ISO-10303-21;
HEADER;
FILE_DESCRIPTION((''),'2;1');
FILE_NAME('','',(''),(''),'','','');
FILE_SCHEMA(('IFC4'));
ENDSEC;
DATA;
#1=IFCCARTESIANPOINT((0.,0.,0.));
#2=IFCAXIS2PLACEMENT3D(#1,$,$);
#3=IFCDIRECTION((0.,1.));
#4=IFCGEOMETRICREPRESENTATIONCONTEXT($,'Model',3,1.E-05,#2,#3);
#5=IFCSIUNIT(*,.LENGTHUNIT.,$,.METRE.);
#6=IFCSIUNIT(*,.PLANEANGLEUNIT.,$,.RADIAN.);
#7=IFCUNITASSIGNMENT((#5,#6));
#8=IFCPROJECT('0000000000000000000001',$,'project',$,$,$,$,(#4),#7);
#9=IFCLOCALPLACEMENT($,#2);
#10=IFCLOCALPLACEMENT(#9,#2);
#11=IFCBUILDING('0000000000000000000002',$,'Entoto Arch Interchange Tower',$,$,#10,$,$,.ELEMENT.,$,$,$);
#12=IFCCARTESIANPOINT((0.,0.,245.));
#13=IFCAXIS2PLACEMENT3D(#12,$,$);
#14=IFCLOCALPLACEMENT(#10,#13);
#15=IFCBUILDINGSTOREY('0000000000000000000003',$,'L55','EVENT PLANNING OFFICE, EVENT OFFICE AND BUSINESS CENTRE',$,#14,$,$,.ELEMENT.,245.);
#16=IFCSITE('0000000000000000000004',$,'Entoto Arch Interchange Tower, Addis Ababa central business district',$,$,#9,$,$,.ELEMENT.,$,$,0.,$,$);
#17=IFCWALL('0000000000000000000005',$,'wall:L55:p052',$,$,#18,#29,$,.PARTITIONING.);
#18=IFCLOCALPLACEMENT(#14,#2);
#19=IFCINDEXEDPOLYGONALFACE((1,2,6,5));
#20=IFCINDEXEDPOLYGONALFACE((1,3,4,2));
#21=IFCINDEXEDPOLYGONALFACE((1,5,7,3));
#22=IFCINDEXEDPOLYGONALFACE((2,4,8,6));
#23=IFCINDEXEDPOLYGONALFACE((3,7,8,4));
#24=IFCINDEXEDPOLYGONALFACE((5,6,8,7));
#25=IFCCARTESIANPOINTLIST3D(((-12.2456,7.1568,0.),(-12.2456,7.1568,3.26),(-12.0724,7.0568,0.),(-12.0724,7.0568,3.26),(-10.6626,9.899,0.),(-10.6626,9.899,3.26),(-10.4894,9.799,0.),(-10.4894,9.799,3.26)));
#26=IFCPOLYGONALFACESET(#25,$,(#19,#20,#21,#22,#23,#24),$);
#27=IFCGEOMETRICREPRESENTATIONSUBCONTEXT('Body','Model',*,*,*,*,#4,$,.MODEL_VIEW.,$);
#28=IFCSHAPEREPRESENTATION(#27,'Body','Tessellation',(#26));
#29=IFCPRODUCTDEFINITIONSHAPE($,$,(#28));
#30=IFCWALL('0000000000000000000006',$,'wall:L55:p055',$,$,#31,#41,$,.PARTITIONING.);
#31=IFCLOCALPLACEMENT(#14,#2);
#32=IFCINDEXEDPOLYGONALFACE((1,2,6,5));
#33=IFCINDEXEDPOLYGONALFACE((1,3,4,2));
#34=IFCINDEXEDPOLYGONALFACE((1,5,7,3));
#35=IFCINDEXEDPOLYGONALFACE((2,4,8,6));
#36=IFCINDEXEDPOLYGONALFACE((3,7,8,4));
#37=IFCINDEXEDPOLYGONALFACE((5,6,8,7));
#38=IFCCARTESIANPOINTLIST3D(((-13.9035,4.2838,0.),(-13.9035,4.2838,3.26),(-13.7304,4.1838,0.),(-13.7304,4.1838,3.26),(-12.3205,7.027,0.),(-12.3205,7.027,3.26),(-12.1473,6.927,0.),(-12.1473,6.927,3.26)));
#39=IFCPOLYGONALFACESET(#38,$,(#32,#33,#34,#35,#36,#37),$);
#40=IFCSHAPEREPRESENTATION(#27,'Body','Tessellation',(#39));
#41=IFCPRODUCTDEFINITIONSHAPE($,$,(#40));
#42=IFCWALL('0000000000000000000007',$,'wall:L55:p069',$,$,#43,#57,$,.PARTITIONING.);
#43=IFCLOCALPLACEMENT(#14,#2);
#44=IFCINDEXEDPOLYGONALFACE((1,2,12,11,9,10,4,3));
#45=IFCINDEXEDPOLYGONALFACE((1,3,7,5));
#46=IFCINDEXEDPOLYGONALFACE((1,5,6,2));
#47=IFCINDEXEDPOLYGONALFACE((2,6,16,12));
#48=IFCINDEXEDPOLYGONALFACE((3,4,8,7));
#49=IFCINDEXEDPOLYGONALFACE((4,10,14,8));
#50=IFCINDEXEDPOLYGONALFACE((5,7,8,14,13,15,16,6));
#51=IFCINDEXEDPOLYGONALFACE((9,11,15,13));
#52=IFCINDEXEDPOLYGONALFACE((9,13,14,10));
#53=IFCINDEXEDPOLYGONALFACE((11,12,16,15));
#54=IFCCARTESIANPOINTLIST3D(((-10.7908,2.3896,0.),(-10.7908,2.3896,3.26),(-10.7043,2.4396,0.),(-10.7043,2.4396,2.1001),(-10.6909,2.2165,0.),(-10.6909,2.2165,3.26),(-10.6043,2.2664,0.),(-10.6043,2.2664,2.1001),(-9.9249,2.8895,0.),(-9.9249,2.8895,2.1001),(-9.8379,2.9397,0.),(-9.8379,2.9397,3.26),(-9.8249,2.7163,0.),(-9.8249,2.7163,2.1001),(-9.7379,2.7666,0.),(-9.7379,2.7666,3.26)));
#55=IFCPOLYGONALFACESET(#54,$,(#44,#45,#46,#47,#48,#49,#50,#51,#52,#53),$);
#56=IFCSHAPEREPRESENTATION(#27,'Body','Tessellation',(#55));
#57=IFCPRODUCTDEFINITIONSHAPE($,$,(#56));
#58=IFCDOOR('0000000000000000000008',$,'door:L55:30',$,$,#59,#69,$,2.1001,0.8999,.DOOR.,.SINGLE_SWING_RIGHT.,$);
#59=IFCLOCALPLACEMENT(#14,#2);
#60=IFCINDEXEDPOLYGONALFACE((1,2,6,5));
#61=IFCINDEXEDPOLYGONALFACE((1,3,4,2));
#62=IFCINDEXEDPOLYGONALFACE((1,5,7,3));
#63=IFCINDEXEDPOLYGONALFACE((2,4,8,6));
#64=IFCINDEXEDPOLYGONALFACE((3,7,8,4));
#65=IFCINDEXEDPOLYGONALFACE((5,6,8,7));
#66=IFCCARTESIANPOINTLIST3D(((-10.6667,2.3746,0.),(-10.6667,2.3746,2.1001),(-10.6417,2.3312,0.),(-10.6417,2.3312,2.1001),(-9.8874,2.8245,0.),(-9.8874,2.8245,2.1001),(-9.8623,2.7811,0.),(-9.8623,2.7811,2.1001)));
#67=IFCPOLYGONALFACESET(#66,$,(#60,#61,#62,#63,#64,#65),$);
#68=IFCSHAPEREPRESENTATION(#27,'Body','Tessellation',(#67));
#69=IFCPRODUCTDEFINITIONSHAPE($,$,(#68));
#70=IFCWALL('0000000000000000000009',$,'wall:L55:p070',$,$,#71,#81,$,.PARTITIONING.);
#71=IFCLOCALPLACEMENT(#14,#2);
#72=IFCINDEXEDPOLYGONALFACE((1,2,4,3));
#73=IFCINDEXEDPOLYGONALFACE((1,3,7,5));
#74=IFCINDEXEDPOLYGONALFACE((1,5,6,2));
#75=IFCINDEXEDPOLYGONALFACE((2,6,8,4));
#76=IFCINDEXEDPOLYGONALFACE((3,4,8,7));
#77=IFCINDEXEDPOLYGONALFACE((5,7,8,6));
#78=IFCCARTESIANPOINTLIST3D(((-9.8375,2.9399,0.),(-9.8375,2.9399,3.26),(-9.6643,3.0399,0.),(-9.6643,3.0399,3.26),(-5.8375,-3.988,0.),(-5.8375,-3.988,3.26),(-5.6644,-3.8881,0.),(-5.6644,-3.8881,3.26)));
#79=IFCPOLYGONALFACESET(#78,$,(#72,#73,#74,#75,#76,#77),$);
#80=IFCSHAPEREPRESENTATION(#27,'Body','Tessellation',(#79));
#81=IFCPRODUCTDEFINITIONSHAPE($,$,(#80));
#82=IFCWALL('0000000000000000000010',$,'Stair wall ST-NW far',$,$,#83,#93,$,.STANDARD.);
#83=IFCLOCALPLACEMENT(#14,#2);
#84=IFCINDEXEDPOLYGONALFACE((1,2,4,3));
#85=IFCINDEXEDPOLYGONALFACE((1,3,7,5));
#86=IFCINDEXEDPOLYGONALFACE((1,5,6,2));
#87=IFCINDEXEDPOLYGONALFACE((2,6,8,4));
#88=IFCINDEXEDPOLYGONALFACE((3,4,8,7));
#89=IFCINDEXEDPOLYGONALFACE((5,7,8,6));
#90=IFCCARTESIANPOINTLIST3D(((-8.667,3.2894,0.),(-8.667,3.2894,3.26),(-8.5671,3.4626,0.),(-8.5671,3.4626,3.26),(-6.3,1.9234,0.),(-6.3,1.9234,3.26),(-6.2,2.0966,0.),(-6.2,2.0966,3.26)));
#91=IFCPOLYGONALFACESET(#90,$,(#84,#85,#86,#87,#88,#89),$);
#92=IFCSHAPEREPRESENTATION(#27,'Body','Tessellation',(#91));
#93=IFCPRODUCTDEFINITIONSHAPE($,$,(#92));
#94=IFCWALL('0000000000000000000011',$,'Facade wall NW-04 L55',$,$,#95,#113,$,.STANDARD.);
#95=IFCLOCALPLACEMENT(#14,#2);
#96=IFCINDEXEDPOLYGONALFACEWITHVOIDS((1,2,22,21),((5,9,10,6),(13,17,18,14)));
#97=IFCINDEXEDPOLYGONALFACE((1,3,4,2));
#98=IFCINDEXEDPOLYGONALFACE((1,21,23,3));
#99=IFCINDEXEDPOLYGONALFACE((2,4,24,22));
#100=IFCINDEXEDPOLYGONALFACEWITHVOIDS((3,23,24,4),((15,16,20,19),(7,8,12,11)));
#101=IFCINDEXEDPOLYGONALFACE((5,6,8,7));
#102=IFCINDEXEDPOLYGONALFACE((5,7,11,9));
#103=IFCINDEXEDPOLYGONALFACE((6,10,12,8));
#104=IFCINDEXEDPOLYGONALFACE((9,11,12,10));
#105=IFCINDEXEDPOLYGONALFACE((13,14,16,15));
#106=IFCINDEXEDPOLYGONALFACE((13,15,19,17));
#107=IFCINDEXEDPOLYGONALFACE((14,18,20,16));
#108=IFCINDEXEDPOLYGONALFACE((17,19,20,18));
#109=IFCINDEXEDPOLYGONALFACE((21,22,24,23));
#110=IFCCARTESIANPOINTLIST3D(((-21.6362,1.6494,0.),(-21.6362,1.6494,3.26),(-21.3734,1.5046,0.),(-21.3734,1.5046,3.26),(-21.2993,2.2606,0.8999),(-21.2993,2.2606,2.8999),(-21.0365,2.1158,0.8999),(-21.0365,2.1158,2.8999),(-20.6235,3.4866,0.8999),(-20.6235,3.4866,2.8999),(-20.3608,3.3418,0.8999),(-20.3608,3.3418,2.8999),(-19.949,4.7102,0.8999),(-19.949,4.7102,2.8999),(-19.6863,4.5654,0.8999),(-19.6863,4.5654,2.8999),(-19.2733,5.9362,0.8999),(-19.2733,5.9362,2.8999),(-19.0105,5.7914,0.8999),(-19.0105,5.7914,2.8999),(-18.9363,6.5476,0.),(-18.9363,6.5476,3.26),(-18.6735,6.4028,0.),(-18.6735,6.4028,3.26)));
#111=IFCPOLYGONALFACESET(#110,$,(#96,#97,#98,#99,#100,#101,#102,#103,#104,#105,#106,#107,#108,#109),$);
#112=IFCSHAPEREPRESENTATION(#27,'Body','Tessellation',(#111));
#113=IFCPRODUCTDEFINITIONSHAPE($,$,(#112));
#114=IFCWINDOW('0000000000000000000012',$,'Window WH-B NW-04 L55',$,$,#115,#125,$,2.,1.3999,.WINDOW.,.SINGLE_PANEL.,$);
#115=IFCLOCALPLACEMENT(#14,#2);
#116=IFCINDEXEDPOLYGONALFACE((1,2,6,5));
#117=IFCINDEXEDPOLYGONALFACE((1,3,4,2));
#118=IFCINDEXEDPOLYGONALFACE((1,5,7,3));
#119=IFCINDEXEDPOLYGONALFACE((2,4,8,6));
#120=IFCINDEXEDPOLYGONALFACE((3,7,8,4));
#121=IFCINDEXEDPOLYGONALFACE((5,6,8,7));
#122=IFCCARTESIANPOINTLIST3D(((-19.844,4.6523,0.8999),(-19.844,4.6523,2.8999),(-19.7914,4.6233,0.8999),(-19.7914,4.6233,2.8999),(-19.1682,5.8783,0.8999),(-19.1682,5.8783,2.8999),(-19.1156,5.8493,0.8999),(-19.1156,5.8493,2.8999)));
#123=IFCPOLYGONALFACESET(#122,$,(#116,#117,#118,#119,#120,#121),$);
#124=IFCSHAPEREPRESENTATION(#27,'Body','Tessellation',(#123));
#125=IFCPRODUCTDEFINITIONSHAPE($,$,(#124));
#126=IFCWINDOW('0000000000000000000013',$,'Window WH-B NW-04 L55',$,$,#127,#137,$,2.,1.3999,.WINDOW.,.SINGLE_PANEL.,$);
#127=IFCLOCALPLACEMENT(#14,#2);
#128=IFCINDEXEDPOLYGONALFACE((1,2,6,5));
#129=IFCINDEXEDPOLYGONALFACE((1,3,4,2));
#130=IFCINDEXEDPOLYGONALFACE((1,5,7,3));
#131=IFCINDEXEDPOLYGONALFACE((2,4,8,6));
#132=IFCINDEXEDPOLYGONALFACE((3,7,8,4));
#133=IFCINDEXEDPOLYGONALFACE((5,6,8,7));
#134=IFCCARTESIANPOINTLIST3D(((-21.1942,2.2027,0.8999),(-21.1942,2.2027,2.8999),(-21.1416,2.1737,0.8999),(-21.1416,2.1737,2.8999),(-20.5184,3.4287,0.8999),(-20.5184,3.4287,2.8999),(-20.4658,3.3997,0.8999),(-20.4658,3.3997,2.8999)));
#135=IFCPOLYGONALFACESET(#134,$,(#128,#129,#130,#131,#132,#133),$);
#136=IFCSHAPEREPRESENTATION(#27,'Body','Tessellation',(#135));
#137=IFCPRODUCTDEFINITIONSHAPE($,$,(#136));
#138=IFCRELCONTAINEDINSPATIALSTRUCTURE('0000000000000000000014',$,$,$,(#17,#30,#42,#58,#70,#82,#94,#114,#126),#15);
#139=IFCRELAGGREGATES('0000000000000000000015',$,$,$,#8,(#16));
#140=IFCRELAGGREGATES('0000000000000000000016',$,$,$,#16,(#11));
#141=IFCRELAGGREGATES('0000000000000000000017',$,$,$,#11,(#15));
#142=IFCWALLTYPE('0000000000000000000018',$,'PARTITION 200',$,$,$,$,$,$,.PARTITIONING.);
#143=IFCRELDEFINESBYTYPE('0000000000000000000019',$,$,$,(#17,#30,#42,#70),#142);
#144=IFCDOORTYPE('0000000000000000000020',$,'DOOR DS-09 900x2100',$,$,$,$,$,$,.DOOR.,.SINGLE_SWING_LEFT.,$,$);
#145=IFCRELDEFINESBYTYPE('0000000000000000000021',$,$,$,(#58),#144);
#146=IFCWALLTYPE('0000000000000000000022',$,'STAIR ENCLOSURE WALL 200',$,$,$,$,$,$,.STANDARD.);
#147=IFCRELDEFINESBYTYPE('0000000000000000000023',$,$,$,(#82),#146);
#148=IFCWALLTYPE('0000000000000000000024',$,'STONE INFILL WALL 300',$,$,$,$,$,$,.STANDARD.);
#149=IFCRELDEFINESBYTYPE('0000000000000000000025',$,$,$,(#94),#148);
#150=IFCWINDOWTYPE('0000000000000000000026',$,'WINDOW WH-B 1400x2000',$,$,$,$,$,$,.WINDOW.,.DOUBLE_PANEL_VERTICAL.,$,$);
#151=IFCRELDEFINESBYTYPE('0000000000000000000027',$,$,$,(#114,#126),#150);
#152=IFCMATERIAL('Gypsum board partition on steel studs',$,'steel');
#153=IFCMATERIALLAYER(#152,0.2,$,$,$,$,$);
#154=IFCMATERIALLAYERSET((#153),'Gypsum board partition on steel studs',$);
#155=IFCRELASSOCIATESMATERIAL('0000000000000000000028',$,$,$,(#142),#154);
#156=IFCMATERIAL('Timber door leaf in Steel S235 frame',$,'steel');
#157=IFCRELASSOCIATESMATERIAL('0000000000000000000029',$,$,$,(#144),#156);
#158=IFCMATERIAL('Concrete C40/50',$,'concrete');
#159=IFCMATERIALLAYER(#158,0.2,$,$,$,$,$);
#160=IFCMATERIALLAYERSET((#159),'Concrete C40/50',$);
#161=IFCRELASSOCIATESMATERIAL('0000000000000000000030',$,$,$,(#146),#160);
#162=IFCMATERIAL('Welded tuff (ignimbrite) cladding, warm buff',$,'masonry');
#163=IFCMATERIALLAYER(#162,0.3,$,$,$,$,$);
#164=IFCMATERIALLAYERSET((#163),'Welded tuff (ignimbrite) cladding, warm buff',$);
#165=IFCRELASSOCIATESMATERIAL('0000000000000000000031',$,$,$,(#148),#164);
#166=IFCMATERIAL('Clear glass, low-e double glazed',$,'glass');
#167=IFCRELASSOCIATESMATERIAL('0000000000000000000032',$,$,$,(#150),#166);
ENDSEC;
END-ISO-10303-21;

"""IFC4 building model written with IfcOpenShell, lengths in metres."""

from ifc_helpers import new_model, si_unit, direction, frame, frame_2d, origin, place, context, subcontext, project, spatial, rectangle, extrude, material, layer, layer_set, type_object, element, fill, save


model = new_model("IFC4")

# Units and contexts
model_context = context("Model", 3, precision=1e-05, world=origin(), true_north=direction((0.0, 1.0)))
body_context = subcontext(model_context, "Body", "Model", "MODEL_VIEW")
ifc_project = project(units=[si_unit("LENGTHUNIT", "METRE"), si_unit("PLANEANGLEUNIT", "RADIAN")], contexts=[model_context])

# Site, building, storey
site_placement = place(None, origin())
site = spatial("IfcSite", under=ifc_project, at=site_placement, Name="Entoto Arch Interchange Tower, Addis Ababa central business district", CompositionType="ELEMENT", RefElevation=0.0)
building_placement = place(site_placement, origin())
building = spatial("IfcBuilding", under=site, at=building_placement, Name="Entoto Arch Interchange Tower", CompositionType="ELEMENT")
storey_placement = place(building_placement, frame((0.0, 0.0, 245.0)))
storey = spatial("IfcBuildingStorey", under=building, at=storey_placement, Name="L55", Description="EVENT PLANNING OFFICE, EVENT OFFICE AND BUSINESS CENTRE", CompositionType="ELEMENT", Elevation=245.0)

# Shared definitions
ifc_material_1 = material(Name="Concrete C40/50", Category="concrete")

# Walls
ifc_material_2 = material(Name="Gypsum board partition on steel studs", Category="steel")
ifc_layer_1 = layer(ifc_material_2, 0.2)
ifc_layer_set_1 = layer_set([ifc_layer_1], Name="Gypsum board partition on steel studs")
wall_type_1 = type_object("IfcWallType", Name="PARTITION 200", PredefinedType="PARTITIONING", material=ifc_layer_set_1)
wall_1_placement = place(storey_placement, frame((-12.1589, 7.1069, 0.0), z_axis=(0.0, 0.0, 1.0), x_axis=(0.499954, 0.866052, 0.0)))
element("IfcWall", 1, at=wall_1_placement, inside=storey, type_object=wall_type_1, Name="wall:L55:p052", PredefinedType="PARTITIONING", context=body_context, shape_type="SweptSolid", body=[
    extrude(rectangle(XDim=3.1663, YDim=0.2, at=frame_2d((1.583, 0.0))), origin(), (0.0, 0.0, 1.0), 3.26),
])
wall_2_placement = place(storey_placement, frame((-13.8169, 4.2339, 0.0), z_axis=(0.0, 0.0, 1.0), x_axis=(0.49982, 0.866129, 0.0)))
element("IfcWall", 2, at=wall_2_placement, inside=storey, type_object=wall_type_1, Name="wall:L55:p055", PredefinedType="PARTITIONING", context=body_context, shape_type="SweptSolid", body=[
    extrude(rectangle(XDim=3.1672, YDim=0.2, at=frame_2d((1.5835, 0.0))), origin(), (0.0, 0.0, 1.0), 3.26),
])

# Wall, opening, door
wall_3_placement = place(storey_placement, frame((-10.741, 2.303, 0.0), z_axis=(0.0, 0.0, 1.0), x_axis=(0.866064, 0.499934, 0.0)))
wall_3 = element("IfcWall", 3, at=wall_3_placement, inside=storey, type_object=wall_type_1, Name="wall:L55:p069", PredefinedType="PARTITIONING", context=body_context, shape_type="SweptSolid", body=[
    extrude(rectangle(XDim=1.1003, YDim=0.2, at=frame_2d((0.5503, 0.0))), origin(), (0.0, 0.0, 1.0), 3.26),
])
opening_1_placement = place(wall_3_placement, frame((0.1001, 0.0, 0.0)))
opening_1 = element("IfcOpeningElement", 4, at=opening_1_placement, cuts=wall_3, PredefinedType="OPENING", context=body_context, shape_type="SweptSolid", body=[
    extrude(rectangle(XDim=0.8999, YDim=2.1001, at=frame_2d((0.45, 1.05))), frame((0.0, 0.1099, 0.0), z_axis=(0.0, -1.0, 0.0), x_axis=(1.0, 0.0, 0.0)), (0.0, 0.0, 1.0), 0.22),
])
ifc_material_3 = material(Name="Timber door leaf in Steel S235 frame", Category="steel")
door_type_1 = type_object("IfcDoorType", Name="DOOR DS-09 900x2100", OperationType="SINGLE_SWING_LEFT", PredefinedType="DOOR", material=ifc_material_3)
door_1_placement = place(opening_1_placement, origin())
door_1 = element("IfcDoor", 5, at=door_1_placement, inside=storey, type_object=door_type_1, Name="door:L55:30", OperationType="SINGLE_SWING_RIGHT", OverallHeight=2.1001, OverallWidth=0.8999, PredefinedType="DOOR", context=body_context, shape_type="SweptSolid", body=[
    extrude(rectangle(XDim=0.8999, YDim=2.1001, at=frame_2d((0.45, 1.05))), frame((0.0, 0.0249, 0.0), z_axis=(0.0, -1.0, 0.0), x_axis=(1.0, 0.0, 0.0)), (0.0, 0.0, 1.0), 0.05),
])
fill(opening_1, door_1)

# Walls
wall_4_placement = place(storey_placement, frame((-9.751, 2.99, 0.0), z_axis=(0.0, 0.0, 1.0), x_axis=(0.500012, -0.866018, 0.0)))
element("IfcWall", 6, at=wall_4_placement, inside=storey, type_object=wall_type_1, Name="wall:L55:p070", PredefinedType="PARTITIONING", context=body_context, shape_type="SweptSolid", body=[
    extrude(rectangle(XDim=7.9998, YDim=0.2, at=frame_2d((4.0, 0.0))), origin(), (0.0, 0.0, 1.0), 3.26),
])
ifc_layer_2 = layer(ifc_material_1, 0.2)
ifc_layer_set_2 = layer_set([ifc_layer_2], Name="Concrete C40/50")
wall_type_2 = type_object("IfcWallType", Name="STAIR ENCLOSURE WALL 200", PredefinedType="STANDARD", material=ifc_layer_set_2)
wall_5_placement = place(storey_placement, frame((-6.25, 2.01, 0.0), z_axis=(0.0, 0.0, 1.0), x_axis=(-0.866119, 0.499838, 0.0)))
element("IfcWall", 7, at=wall_5_placement, inside=storey, type_object=wall_type_2, Name="Stair wall ST-NW far", PredefinedType="STANDARD", context=body_context, shape_type="SweptSolid", body=[
    extrude(rectangle(XDim=2.7329, YDim=0.2, at=frame_2d((1.3665, 0.0))), origin(), (0.0, 0.0, 1.0), 3.26),
])

# Wall, openings, windows
ifc_material_4 = material(Name="Welded tuff (ignimbrite) cladding, warm buff", Category="masonry")
ifc_layer_3 = layer(ifc_material_4, 0.3)
ifc_layer_set_3 = layer_set([ifc_layer_3], Name="Welded tuff (ignimbrite) cladding, warm buff")
wall_type_3 = type_object("IfcWallType", Name="STONE INFILL WALL 300", PredefinedType="STANDARD", material=ifc_layer_set_3)
wall_6_placement = place(storey_placement, frame((-18.8049, 6.4751, 0.0), z_axis=(0.0, 0.0, 1.0), x_axis=(-0.482735, -0.875767, 0.0)))
wall_6 = element("IfcWall", 8, at=wall_6_placement, inside=storey, type_object=wall_type_3, Name="Facade wall NW-04 L55", PredefinedType="STANDARD", context=body_context, shape_type="SweptSolid", body=[
    extrude(rectangle(XDim=5.593, YDim=0.3, at=frame_2d((2.7964, 0.0))), origin(), (0.0, 0.0, 1.0), 3.26),
])
opening_2_placement = place(wall_6_placement, frame((0.698, 0.0, 0.8999)))
opening_2 = element("IfcOpeningElement", 9, at=opening_2_placement, cuts=wall_6, PredefinedType="OPENING", context=body_context, shape_type="SweptSolid", body=[
    extrude(rectangle(XDim=1.3999, YDim=2.0, at=frame_2d((0.7, 1.0))), frame((0.0, 0.1602, 0.0), z_axis=(0.0, -1.0, 0.0), x_axis=(1.0, 0.0, 0.0)), (0.0, 0.0, 1.0), 0.3201),
])
opening_3_placement = place(wall_6_placement, frame((3.4951, 0.0, 0.8999)))
opening_3 = element("IfcOpeningElement", 10, at=opening_3_placement, cuts=wall_6, PredefinedType="OPENING", context=body_context, shape_type="SweptSolid", body=[
    extrude(rectangle(XDim=1.3999, YDim=2.0, at=frame_2d((0.7, 1.0))), frame((0.0, 0.1602, 0.0), z_axis=(0.0, -1.0, 0.0), x_axis=(1.0, 0.0, 0.0)), (0.0, 0.0, 1.0), 0.3201),
])
ifc_material_5 = material(Name="Clear glass, low-e double glazed", Category="glass")
window_type = type_object("IfcWindowType", Name="WINDOW WH-B 1400x2000", PartitioningType="DOUBLE_PANEL_VERTICAL", PredefinedType="WINDOW", material=ifc_material_5)
window_1_placement = place(opening_2_placement, origin())
window_1 = element("IfcWindow", 11, at=window_1_placement, inside=storey, type_object=window_type, Name="Window WH-B NW-04 L55", OverallHeight=2.0, OverallWidth=1.3999, PartitioningType="SINGLE_PANEL", PredefinedType="WINDOW", context=body_context, shape_type="SweptSolid", body=[
    extrude(rectangle(XDim=1.3999, YDim=2.0, at=frame_2d((0.7, 1.0))), frame((0.0, 0.03, 0.0), z_axis=(0.0, -1.0, 0.0), x_axis=(1.0, 0.0, 0.0)), (0.0, 0.0, 1.0), 0.0601),
])
fill(opening_2, window_1)
window_2_placement = place(opening_3_placement, origin())
window_2 = element("IfcWindow", 12, at=window_2_placement, inside=storey, type_object=window_type, Name="Window WH-B NW-04 L55", OverallHeight=2.0, OverallWidth=1.3999, PartitioningType="SINGLE_PANEL", PredefinedType="WINDOW", context=body_context, shape_type="SweptSolid", body=[
    extrude(rectangle(XDim=1.3999, YDim=2.0, at=frame_2d((0.7, 1.0))), frame((0.0, 0.03, 0.0), z_axis=(0.0, -1.0, 0.0), x_axis=(1.0, 0.0, 0.0)), (0.0, 0.0, 1.0), 0.0601),
])
fill(opening_3, window_2)

save(model, "model.ifc")
